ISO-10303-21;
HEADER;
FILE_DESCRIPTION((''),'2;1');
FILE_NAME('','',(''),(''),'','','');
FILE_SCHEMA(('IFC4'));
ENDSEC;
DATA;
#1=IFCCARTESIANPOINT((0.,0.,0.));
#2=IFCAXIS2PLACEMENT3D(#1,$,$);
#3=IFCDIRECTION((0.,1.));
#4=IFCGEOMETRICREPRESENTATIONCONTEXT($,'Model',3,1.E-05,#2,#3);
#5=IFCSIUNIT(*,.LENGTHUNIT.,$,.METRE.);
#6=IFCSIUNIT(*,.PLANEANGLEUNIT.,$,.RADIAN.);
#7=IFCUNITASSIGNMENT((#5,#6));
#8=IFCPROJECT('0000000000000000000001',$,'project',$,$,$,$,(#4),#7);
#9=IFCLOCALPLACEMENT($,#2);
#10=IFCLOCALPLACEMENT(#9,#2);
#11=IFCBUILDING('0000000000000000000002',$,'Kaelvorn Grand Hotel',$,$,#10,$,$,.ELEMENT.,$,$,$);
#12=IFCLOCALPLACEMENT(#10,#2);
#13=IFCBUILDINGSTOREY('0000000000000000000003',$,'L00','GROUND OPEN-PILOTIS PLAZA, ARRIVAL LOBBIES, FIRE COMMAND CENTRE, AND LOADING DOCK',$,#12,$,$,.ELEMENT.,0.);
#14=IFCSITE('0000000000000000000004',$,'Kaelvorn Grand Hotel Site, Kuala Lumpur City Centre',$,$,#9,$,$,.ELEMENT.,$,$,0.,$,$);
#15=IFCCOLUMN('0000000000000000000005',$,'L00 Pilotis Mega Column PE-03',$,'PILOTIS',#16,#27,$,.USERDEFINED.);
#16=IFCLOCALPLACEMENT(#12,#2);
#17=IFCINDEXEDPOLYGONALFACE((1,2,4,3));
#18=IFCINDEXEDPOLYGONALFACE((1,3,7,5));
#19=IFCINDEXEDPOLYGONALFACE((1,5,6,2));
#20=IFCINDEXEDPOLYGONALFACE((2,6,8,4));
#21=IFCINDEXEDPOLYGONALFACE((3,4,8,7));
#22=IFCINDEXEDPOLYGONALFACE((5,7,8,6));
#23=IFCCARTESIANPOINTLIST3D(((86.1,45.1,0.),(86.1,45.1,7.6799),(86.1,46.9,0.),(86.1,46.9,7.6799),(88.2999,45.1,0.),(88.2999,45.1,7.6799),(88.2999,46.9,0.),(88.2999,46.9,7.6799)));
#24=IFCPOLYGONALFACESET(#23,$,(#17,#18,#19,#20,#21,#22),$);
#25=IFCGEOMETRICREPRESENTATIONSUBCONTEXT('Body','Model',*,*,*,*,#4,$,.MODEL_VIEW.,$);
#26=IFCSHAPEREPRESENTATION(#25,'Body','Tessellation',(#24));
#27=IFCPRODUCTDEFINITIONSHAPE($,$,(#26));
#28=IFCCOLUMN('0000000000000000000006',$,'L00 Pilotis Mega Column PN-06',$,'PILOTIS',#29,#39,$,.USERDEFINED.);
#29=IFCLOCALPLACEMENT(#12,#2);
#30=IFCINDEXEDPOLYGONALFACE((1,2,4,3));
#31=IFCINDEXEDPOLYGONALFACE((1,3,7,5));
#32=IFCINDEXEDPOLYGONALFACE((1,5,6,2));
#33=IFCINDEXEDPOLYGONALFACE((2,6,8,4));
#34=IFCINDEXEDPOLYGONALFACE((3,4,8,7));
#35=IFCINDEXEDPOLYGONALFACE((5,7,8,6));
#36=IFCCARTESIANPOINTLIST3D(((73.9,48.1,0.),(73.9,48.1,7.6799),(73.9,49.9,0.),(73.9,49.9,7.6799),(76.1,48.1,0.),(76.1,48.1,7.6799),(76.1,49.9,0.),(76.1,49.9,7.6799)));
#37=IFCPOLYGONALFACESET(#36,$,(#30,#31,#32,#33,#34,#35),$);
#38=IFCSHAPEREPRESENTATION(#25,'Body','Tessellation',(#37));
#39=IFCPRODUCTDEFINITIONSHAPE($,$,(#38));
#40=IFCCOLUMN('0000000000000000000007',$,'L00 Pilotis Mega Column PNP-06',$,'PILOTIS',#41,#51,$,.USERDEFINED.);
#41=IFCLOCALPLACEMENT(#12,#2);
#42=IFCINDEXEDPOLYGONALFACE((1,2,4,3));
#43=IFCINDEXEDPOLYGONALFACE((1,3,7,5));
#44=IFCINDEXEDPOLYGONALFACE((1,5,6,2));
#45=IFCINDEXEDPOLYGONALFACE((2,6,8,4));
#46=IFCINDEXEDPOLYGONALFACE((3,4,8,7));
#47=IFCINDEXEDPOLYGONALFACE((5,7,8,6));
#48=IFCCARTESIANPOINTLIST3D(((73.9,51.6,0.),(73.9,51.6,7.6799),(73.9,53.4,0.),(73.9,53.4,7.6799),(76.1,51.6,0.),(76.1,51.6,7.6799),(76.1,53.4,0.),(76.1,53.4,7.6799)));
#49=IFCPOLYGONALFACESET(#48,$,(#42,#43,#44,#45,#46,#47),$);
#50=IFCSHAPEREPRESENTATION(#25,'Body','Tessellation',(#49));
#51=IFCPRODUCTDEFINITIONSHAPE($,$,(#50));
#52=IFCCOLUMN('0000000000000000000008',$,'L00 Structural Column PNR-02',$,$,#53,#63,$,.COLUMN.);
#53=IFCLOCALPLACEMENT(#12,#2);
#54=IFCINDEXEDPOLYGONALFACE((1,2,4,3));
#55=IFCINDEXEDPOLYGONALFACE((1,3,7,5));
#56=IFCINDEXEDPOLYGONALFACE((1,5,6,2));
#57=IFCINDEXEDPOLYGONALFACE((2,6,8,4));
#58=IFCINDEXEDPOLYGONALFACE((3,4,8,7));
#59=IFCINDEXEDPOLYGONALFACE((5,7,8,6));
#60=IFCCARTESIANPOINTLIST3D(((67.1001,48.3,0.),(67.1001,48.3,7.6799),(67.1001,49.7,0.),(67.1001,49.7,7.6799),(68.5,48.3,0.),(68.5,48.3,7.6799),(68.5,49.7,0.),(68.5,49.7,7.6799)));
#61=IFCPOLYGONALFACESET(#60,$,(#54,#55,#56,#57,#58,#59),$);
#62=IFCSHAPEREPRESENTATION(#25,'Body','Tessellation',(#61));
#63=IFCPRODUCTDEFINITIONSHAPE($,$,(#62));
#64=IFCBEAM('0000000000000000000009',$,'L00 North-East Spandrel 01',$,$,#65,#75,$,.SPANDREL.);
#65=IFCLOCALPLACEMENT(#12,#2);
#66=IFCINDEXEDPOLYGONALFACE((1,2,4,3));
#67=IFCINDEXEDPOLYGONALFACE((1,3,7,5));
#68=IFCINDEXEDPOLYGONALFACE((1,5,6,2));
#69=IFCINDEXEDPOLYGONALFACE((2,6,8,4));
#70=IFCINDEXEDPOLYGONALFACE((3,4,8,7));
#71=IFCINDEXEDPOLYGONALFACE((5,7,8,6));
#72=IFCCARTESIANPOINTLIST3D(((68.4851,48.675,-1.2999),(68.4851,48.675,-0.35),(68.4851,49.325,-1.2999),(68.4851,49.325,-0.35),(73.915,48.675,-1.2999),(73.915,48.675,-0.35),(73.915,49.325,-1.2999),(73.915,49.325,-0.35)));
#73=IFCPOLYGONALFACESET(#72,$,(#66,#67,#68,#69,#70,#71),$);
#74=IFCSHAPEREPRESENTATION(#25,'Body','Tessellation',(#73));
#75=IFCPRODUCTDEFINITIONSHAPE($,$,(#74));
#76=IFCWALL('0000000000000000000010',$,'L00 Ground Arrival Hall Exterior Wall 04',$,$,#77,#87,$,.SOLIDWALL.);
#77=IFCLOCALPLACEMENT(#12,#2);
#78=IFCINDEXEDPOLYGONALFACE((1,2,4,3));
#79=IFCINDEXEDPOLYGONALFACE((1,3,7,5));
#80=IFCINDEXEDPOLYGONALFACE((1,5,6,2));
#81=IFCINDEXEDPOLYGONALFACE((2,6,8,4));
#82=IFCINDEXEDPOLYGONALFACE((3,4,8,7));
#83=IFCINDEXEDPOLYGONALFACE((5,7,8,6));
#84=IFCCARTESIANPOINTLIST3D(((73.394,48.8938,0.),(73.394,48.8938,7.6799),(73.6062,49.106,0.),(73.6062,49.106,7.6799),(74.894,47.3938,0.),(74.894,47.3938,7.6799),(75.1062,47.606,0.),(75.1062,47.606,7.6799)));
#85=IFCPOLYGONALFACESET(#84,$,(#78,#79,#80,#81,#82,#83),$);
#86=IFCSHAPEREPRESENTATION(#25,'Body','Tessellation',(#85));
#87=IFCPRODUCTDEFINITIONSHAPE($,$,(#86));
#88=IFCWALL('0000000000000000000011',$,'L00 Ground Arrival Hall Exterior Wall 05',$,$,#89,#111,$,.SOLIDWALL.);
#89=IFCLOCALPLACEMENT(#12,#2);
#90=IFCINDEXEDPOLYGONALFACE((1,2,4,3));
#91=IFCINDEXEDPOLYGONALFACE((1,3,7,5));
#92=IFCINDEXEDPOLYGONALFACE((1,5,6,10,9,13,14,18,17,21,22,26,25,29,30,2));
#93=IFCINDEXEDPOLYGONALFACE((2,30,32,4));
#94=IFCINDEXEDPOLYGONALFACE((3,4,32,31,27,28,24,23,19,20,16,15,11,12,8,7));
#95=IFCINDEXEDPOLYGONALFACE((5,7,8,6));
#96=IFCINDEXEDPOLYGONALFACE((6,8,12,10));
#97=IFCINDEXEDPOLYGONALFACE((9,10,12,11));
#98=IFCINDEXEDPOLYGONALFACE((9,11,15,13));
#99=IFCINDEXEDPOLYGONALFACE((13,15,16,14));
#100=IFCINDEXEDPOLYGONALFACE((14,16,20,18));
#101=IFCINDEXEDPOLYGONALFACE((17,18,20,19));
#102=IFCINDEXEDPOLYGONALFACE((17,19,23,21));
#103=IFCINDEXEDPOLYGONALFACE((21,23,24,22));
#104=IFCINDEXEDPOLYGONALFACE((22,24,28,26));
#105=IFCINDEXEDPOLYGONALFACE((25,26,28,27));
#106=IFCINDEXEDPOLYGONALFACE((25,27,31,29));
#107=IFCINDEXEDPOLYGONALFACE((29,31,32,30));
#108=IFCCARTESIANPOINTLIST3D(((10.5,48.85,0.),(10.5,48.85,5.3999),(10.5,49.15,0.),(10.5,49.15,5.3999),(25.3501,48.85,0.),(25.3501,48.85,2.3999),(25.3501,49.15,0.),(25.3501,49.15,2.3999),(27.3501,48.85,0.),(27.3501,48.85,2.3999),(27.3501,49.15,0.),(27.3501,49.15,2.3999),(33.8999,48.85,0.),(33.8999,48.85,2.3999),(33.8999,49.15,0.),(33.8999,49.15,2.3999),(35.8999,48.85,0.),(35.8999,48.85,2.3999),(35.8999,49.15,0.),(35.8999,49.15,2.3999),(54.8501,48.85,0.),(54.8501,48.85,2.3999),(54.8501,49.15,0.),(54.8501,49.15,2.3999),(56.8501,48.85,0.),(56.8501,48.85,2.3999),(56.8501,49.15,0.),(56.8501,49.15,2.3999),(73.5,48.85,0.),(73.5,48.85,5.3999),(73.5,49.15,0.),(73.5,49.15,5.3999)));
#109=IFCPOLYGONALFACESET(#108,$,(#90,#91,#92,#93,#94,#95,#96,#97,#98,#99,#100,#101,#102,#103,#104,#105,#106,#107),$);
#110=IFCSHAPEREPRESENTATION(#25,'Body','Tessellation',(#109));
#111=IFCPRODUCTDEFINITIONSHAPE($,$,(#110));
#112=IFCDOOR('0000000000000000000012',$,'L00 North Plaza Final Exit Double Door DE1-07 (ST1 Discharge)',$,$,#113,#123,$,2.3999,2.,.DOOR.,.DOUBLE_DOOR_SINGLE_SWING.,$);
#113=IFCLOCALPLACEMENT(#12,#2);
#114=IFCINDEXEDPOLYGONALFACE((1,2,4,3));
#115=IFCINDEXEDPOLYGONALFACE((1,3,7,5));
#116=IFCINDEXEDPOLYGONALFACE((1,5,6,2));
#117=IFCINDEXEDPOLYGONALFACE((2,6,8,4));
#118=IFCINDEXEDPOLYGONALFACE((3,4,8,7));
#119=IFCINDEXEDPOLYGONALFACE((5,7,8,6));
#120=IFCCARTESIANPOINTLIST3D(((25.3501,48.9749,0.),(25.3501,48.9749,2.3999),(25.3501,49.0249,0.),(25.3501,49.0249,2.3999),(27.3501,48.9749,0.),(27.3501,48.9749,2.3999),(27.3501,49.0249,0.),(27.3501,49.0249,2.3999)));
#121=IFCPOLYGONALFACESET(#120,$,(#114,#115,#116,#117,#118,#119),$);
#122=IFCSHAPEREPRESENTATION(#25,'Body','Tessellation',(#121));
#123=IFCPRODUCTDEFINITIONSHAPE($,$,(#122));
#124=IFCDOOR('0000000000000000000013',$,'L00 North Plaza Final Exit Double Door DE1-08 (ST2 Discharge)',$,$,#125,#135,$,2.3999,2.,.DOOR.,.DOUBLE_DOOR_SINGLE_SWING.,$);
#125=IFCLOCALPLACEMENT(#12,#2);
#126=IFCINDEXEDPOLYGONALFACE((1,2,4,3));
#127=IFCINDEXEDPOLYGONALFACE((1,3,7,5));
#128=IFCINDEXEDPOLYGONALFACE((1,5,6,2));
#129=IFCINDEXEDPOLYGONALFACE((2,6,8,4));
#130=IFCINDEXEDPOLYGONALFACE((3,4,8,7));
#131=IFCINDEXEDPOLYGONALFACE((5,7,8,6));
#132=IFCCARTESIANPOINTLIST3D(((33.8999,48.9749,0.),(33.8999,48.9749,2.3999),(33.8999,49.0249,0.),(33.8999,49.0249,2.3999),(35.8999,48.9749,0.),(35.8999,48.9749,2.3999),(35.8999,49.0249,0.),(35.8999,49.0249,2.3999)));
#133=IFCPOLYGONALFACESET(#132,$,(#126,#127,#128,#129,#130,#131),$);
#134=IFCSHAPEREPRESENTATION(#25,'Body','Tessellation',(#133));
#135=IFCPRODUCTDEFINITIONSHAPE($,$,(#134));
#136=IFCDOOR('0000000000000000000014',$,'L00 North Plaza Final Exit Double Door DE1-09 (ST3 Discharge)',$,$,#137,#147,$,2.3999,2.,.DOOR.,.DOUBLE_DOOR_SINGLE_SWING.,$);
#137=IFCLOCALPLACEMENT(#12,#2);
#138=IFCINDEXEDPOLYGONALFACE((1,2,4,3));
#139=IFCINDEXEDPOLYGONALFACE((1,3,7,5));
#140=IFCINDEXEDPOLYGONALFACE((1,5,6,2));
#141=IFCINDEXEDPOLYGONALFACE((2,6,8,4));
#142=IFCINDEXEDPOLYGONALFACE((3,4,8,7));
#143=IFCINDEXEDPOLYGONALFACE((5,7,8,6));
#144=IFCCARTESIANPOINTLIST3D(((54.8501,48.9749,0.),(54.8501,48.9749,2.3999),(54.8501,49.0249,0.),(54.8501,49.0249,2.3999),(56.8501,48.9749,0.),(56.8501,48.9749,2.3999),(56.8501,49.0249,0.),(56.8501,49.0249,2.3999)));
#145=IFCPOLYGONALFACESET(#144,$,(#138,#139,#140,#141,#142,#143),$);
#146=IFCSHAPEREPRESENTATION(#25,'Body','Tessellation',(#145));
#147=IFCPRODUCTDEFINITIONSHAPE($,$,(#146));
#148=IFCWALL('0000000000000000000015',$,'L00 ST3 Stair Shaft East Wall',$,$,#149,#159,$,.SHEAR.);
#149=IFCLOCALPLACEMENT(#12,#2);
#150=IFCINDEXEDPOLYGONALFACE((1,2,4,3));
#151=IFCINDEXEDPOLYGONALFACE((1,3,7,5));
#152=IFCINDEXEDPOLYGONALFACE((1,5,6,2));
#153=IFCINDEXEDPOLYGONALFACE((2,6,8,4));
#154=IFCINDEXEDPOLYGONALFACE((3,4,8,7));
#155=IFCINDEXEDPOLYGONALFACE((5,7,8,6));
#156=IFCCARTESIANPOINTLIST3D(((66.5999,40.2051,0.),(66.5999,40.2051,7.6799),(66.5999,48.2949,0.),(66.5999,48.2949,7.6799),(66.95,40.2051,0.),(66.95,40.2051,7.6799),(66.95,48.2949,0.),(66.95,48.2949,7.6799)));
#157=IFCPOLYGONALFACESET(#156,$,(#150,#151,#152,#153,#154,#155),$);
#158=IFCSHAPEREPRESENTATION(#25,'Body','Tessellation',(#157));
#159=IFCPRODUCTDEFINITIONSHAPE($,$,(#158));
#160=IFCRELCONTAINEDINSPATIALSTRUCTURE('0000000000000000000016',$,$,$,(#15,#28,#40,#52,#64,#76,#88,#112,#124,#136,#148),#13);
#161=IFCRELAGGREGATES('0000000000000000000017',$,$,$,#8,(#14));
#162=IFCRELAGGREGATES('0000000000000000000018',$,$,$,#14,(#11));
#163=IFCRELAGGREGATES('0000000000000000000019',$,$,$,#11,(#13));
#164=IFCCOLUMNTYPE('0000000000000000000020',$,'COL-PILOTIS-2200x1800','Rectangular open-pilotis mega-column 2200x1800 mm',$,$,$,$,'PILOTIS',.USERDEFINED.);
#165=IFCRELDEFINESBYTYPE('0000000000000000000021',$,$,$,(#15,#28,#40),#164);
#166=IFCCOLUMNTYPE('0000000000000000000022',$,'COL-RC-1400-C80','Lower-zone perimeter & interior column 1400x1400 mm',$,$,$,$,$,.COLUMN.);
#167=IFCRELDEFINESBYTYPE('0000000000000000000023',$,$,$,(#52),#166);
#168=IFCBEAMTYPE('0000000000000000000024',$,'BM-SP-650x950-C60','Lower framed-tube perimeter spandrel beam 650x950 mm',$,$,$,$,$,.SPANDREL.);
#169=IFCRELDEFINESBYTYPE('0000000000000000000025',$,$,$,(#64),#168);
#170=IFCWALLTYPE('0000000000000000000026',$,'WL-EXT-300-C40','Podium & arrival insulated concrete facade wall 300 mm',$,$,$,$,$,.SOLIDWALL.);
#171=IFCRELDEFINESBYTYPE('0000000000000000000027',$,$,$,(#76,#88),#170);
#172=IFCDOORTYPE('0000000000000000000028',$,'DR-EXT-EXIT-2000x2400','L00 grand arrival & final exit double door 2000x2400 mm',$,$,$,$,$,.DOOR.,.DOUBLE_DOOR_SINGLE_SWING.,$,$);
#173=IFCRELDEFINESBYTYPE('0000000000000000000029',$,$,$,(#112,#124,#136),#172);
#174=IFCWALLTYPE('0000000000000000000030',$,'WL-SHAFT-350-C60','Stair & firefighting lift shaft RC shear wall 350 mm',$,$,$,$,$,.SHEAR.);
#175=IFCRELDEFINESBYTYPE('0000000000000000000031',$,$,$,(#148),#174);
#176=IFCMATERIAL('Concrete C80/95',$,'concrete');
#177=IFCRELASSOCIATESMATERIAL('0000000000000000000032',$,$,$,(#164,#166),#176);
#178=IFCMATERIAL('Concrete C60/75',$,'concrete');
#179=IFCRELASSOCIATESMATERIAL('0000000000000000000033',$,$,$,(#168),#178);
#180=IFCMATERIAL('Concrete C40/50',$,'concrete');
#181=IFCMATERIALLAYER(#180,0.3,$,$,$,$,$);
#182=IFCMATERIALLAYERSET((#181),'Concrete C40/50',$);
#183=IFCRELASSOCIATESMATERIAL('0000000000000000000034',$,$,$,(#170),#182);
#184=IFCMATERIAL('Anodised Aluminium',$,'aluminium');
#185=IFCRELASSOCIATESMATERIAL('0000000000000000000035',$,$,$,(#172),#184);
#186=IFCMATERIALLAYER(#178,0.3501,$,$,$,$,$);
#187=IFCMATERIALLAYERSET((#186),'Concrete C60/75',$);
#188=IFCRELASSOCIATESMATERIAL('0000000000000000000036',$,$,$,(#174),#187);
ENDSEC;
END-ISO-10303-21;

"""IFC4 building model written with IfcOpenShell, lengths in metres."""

from ifc_helpers import new_model, si_unit, direction, frame, frame_2d, origin, origin_2d, place, context, subcontext, project, spatial, rectangle, extrude, material, layer, layer_set, material_profile, profile_set, type_object, element, fill, save


model = new_model("IFC4")

# Units and contexts
model_context = context("Model", 3, precision=1e-05, world=origin(), true_north=direction((0.0, 1.0)))
body_context = subcontext(model_context, "Body", "Model", "MODEL_VIEW")
ifc_project = project(units=[si_unit("LENGTHUNIT", "METRE"), si_unit("PLANEANGLEUNIT", "RADIAN")], contexts=[model_context])

# Site, building, storey
site_placement = place(None, origin())
site = spatial("IfcSite", under=ifc_project, at=site_placement, Name="Kaelvorn Grand Hotel Site, Kuala Lumpur City Centre", CompositionType="ELEMENT", RefElevation=0.0)
building_placement = place(site_placement, origin())
building = spatial("IfcBuilding", under=site, at=building_placement, Name="Kaelvorn Grand Hotel", CompositionType="ELEMENT")
storey_placement = place(building_placement, origin())
storey = spatial("IfcBuildingStorey", under=building, at=storey_placement, Name="L00", Description="GROUND OPEN-PILOTIS PLAZA, ARRIVAL LOBBIES, FIRE COMMAND CENTRE, AND LOADING DOCK", CompositionType="ELEMENT", Elevation=0.0)

# Columns
ifc_material_1 = material(Name="Concrete C80/95", Category="concrete")
ifc_material_profile_1 = material_profile(ifc_material_1, rectangle(XDim=2.2, YDim=1.8, at=origin_2d()), Name="PILOTIS 2200x1800")
ifc_profile_set_1 = profile_set([ifc_material_profile_1], Name="Concrete C80/95")
column_type_1 = type_object("IfcColumnType", Name="COL-PILOTIS-2200x1800", Description="Rectangular open-pilotis mega-column 2200x1800 mm", ElementType="PILOTIS", PredefinedType="USERDEFINED", material=ifc_profile_set_1)
for number, where, z_axis, x_axis, name in (
    (1, (87.2, 46.0, 0.0), (0.0, 0.0, 1.0), (1.0, 0.0, 0.0), "L00 Pilotis Mega Column PE-03"),
    (2, (75.0, 49.0, 0.0), (0.0, 0.0, 1.0), (1.0, 0.0, 0.0), "L00 Pilotis Mega Column PN-06"),
    (3, (75.0, 52.5, 0.0), (0.0, 0.0, 1.0), (1.0, 0.0, 0.0), "L00 Pilotis Mega Column PNP-06"),
):
    element("IfcColumn", number, at=place(storey_placement, frame(where, z_axis=z_axis, x_axis=x_axis)), inside=storey, type_object=column_type_1, Name=name, ObjectType="PILOTIS", PredefinedType="USERDEFINED", context=body_context, shape_type="SweptSolid", body=[
        extrude(rectangle(XDim=2.2, YDim=1.8, at=origin_2d()), origin(), (0.0, 0.0, 1.0), 7.6799),
    ])
ifc_material_profile_2 = material_profile(ifc_material_1, rectangle(XDim=1.3999, YDim=1.3999, at=origin_2d()), Name="RC COL 1400x1400")
ifc_profile_set_2 = profile_set([ifc_material_profile_2], Name="Concrete C80/95")
column_type_2 = type_object("IfcColumnType", Name="COL-RC-1400-C80", Description="Lower-zone perimeter & interior column 1400x1400 mm", PredefinedType="COLUMN", material=ifc_profile_set_2)
column_placement = place(storey_placement, frame((67.8, 49.0, 0.0), z_axis=(0.0, 0.0, 1.0), x_axis=(1.0, 0.0, 0.0)))
element("IfcColumn", 4, at=column_placement, inside=storey, type_object=column_type_2, Name="L00 Structural Column PNR-02", PredefinedType="COLUMN", context=body_context, shape_type="SweptSolid", body=[
    extrude(rectangle(XDim=1.3999, YDim=1.3999, at=origin_2d()), origin(), (0.0, 0.0, 1.0), 7.6799),
])

# Beam
ifc_material_2 = material(Name="Concrete C60/75", Category="concrete")
ifc_material_profile_3 = material_profile(ifc_material_2, rectangle(XDim=0.6499, YDim=0.95, at=origin_2d()), Name="RC SPANDREL 650x950")
ifc_profile_set_3 = profile_set([ifc_material_profile_3], Name="Concrete C60/75")
beam_type = type_object("IfcBeamType", Name="BM-SP-650x950-C60", Description="Lower framed-tube perimeter spandrel beam 650x950 mm", PredefinedType="SPANDREL", material=ifc_profile_set_3)
beam_placement = place(storey_placement, frame((68.4851, 49.0, -0.825), z_axis=(1.0, 0.0, 0.0), x_axis=(0.0, 1.0, 0.0)))
element("IfcBeam", 5, at=beam_placement, inside=storey, type_object=beam_type, Name="L00 North-East Spandrel 01", PredefinedType="SPANDREL", context=body_context, shape_type="SweptSolid", body=[
    extrude(rectangle(XDim=0.6499, YDim=0.95, at=origin_2d()), origin(), (0.0, 0.0, 1.0), 5.4299),
])

# Wall
ifc_material_3 = material(Name="Concrete C40/50", Category="concrete")
ifc_layer_1 = layer(ifc_material_3, 0.3)
ifc_layer_set_1 = layer_set([ifc_layer_1], Name="Concrete C40/50")
wall_type_1 = type_object("IfcWallType", Name="WL-EXT-300-C40", Description="Podium & arrival insulated concrete facade wall 300 mm", PredefinedType="SOLIDWALL", material=ifc_layer_set_1)
wall_1_placement = place(storey_placement, frame((75.0, 47.5, 0.0), z_axis=(0.0, 0.0, 1.0), x_axis=(-0.707107, 0.707107, 0.0)))
element("IfcWall", 6, at=wall_1_placement, inside=storey, type_object=wall_type_1, Name="L00 Ground Arrival Hall Exterior Wall 04", PredefinedType="SOLIDWALL", context=body_context, shape_type="SweptSolid", body=[
    extrude(rectangle(XDim=2.1213, YDim=0.3, at=frame_2d((1.0605, 0.0))), origin(), (0.0, 0.0, 1.0), 7.6799),
])

# Wall, openings, doors
wall_2_placement = place(storey_placement, frame((73.5, 49.0, 0.0), z_axis=(0.0, 0.0, 1.0), x_axis=(-1.0, 0.0, 0.0)))
wall_2 = element("IfcWall", 7, at=wall_2_placement, inside=storey, type_object=wall_type_1, Name="L00 Ground Arrival Hall Exterior Wall 05", PredefinedType="SOLIDWALL", context=body_context, shape_type="SweptSolid", body=[
    extrude(rectangle(XDim=63.0, YDim=0.3, at=frame_2d((31.5, 0.0))), origin(), (0.0, 0.0, 1.0), 5.3999),
])
opening_1_placement = place(wall_2_placement, frame((46.1499, 0.0, 0.0)))
opening_1 = element("IfcOpeningElement", 8, at=opening_1_placement, cuts=wall_2, PredefinedType="OPENING", context=body_context, shape_type="SweptSolid", body=[
    extrude(rectangle(XDim=2.0, YDim=2.3999, at=frame_2d((1.0, 1.2))), frame((0.0, 0.1602, 0.0), z_axis=(0.0, -1.0, 0.0), x_axis=(1.0, 0.0, 0.0)), (0.0, 0.0, 1.0), 0.3201),
])
opening_2_placement = place(wall_2_placement, frame((37.6001, 0.0, 0.0)))
opening_2 = element("IfcOpeningElement", 9, at=opening_2_placement, cuts=wall_2, PredefinedType="OPENING", context=body_context, shape_type="SweptSolid", body=[
    extrude(rectangle(XDim=2.0, YDim=2.3999, at=frame_2d((1.0, 1.2))), frame((0.0, 0.1602, 0.0), z_axis=(0.0, -1.0, 0.0), x_axis=(1.0, 0.0, 0.0)), (0.0, 0.0, 1.0), 0.3201),
])
opening_3_placement = place(wall_2_placement, frame((16.6499, 0.0, 0.0)))
opening_3 = element("IfcOpeningElement", 10, at=opening_3_placement, cuts=wall_2, PredefinedType="OPENING", context=body_context, shape_type="SweptSolid", body=[
    extrude(rectangle(XDim=2.0, YDim=2.3999, at=frame_2d((1.0, 1.2))), frame((0.0, 0.1602, 0.0), z_axis=(0.0, -1.0, 0.0), x_axis=(1.0, 0.0, 0.0)), (0.0, 0.0, 1.0), 0.3201),
])
ifc_material_4 = material(Name="Anodised Aluminium", Category="aluminium")
door_type = type_object("IfcDoorType", Name="DR-EXT-EXIT-2000x2400", Description="L00 grand arrival & final exit double door 2000x2400 mm", OperationType="DOUBLE_DOOR_SINGLE_SWING", PredefinedType="DOOR", material=ifc_material_4)
door_1_placement = place(opening_1_placement, frame((2.0, 0.0, 0.0), z_axis=(0.0, 0.0, 1.0), x_axis=(-1.0, 0.0, 0.0)))
door_1 = element("IfcDoor", 11, at=door_1_placement, inside=storey, type_object=door_type, Name="L00 North Plaza Final Exit Double Door DE1-07 (ST1 Discharge)", OperationType="DOUBLE_DOOR_SINGLE_SWING", OverallHeight=2.3999, OverallWidth=2.0, PredefinedType="DOOR", context=body_context, shape_type="SweptSolid", body=[
    extrude(rectangle(XDim=2.0, YDim=2.3999, at=frame_2d((1.0, 1.2))), frame((0.0, 0.0249, 0.0), z_axis=(0.0, -1.0, 0.0), x_axis=(1.0, 0.0, 0.0)), (0.0, 0.0, 1.0), 0.05),
])
fill(opening_1, door_1)
door_2_placement = place(opening_2_placement, frame((2.0, 0.0, 0.0), z_axis=(0.0, 0.0, 1.0), x_axis=(-1.0, 0.0, 0.0)))
door_2 = element("IfcDoor", 12, at=door_2_placement, inside=storey, type_object=door_type, Name="L00 North Plaza Final Exit Double Door DE1-08 (ST2 Discharge)", OperationType="DOUBLE_DOOR_SINGLE_SWING", OverallHeight=2.3999, OverallWidth=2.0, PredefinedType="DOOR", context=body_context, shape_type="SweptSolid", body=[
    extrude(rectangle(XDim=2.0, YDim=2.3999, at=frame_2d((1.0, 1.2))), frame((0.0, 0.0249, 0.0), z_axis=(0.0, -1.0, 0.0), x_axis=(1.0, 0.0, 0.0)), (0.0, 0.0, 1.0), 0.05),
])
fill(opening_2, door_2)
door_3_placement = place(opening_3_placement, frame((2.0, 0.0, 0.0), z_axis=(0.0, 0.0, 1.0), x_axis=(-1.0, 0.0, 0.0)))
door_3 = element("IfcDoor", 13, at=door_3_placement, inside=storey, type_object=door_type, Name="L00 North Plaza Final Exit Double Door DE1-09 (ST3 Discharge)", OperationType="DOUBLE_DOOR_SINGLE_SWING", OverallHeight=2.3999, OverallWidth=2.0, PredefinedType="DOOR", context=body_context, shape_type="SweptSolid", body=[
    extrude(rectangle(XDim=2.0, YDim=2.3999, at=frame_2d((1.0, 1.2))), frame((0.0, 0.0249, 0.0), z_axis=(0.0, -1.0, 0.0), x_axis=(1.0, 0.0, 0.0)), (0.0, 0.0, 1.0), 0.05),
])
fill(opening_3, door_3)

# Wall
ifc_layer_2 = layer(ifc_material_2, 0.3501)
ifc_layer_set_2 = layer_set([ifc_layer_2], Name="Concrete C60/75")
wall_type_2 = type_object("IfcWallType", Name="WL-SHAFT-350-C60", Description="Stair & firefighting lift shaft RC shear wall 350 mm", PredefinedType="SHEAR", material=ifc_layer_set_2)
wall_3_placement = place(storey_placement, frame((66.7749, 40.2051, 0.0), z_axis=(0.0, 0.0, 1.0), x_axis=(0.0, 1.0, 0.0)))
element("IfcWall", 14, at=wall_3_placement, inside=storey, type_object=wall_type_2, Name="L00 ST3 Stair Shaft East Wall", PredefinedType="SHEAR", context=body_context, shape_type="SweptSolid", body=[
    extrude(rectangle(XDim=8.0898, YDim=0.3501, at=frame_2d((4.0449, 0.0))), origin(), (0.0, 0.0, 1.0), 7.6799),
])

save(model, "model.ifc")
